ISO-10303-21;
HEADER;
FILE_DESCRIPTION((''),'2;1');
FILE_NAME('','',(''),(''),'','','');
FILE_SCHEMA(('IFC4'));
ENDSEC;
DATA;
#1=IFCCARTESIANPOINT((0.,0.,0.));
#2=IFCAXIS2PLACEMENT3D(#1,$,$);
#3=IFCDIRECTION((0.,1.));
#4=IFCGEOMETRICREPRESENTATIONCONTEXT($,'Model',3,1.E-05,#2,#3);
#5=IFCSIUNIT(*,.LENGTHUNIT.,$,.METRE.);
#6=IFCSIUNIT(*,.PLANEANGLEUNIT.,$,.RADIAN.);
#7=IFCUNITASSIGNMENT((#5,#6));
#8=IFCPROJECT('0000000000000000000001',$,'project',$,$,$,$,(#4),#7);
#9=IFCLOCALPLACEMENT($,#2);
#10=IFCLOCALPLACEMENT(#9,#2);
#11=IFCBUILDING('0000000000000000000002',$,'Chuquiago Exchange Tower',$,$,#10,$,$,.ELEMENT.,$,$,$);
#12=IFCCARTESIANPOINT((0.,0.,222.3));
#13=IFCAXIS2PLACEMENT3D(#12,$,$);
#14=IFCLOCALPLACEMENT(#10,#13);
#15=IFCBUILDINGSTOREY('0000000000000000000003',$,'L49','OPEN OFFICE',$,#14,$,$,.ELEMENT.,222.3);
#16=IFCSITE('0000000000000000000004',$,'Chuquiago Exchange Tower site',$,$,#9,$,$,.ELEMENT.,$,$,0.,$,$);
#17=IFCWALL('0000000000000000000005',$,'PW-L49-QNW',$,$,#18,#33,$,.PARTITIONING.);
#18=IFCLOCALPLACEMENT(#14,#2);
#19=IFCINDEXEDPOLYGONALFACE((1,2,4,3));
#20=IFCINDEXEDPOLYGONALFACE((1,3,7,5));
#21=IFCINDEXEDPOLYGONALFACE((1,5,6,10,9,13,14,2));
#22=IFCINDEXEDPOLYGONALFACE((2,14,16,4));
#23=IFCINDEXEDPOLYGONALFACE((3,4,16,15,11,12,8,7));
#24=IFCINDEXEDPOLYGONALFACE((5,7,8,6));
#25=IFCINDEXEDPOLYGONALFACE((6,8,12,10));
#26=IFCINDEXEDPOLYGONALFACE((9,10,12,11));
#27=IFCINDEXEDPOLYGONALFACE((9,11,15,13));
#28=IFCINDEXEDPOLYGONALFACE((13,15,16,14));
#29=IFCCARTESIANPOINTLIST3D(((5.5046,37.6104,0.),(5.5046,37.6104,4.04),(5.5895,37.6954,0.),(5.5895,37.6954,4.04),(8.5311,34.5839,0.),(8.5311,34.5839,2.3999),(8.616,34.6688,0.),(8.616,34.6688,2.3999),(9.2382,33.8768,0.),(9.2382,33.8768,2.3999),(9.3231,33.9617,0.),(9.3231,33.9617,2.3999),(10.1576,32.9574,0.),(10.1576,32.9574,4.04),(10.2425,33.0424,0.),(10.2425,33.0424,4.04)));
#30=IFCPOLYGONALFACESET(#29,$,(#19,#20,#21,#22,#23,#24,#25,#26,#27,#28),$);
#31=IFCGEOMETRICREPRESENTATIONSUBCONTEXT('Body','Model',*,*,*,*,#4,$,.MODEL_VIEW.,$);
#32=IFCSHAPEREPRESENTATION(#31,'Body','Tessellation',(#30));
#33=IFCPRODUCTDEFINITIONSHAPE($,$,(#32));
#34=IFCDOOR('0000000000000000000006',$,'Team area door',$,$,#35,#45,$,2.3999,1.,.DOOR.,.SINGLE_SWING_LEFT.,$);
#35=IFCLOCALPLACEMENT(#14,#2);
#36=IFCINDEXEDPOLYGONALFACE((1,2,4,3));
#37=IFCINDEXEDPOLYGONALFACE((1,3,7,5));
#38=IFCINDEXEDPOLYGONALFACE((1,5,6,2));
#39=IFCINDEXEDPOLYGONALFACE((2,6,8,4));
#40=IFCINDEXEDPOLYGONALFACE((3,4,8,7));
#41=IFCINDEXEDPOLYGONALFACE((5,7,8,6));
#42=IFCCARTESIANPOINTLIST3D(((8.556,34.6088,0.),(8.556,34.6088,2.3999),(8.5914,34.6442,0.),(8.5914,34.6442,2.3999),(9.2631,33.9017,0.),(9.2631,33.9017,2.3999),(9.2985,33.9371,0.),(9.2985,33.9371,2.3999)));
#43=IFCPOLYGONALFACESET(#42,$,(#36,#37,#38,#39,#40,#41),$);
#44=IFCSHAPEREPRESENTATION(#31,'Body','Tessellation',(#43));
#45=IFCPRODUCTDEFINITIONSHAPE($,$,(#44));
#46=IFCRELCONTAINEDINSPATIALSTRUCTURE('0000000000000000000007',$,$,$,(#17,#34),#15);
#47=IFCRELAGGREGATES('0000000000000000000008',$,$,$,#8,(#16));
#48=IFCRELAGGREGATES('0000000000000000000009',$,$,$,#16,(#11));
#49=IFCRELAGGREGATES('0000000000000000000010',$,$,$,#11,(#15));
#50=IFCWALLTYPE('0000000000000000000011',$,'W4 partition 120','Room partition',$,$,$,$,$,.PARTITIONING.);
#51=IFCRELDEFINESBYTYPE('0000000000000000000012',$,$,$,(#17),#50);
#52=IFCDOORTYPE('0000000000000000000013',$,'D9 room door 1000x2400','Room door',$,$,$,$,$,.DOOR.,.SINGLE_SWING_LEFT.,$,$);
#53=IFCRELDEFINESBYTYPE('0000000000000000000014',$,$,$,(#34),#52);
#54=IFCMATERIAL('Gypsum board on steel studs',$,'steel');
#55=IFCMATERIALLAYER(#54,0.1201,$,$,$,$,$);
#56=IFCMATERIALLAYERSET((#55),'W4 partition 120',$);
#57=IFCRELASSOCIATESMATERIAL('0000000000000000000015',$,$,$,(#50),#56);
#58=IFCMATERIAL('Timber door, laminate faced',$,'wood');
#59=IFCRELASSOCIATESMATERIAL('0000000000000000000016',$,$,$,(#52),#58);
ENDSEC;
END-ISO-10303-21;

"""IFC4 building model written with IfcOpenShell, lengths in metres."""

from ifc_helpers import new_model, si_unit, direction, frame, frame_2d, origin, place, context, subcontext, project, spatial, rectangle, extrude, material, layer, layer_set, type_object, element, fill, save


model = new_model("IFC4")

# Units and contexts
model_context = context("Model", 3, precision=1e-05, world=origin(), true_north=direction((0.0, 1.0)))
body_context = subcontext(model_context, "Body", "Model", "MODEL_VIEW")
ifc_project = project(units=[si_unit("LENGTHUNIT", "METRE"), si_unit("PLANEANGLEUNIT", "RADIAN")], contexts=[model_context])

# Site, building, storey
site_placement = place(None, origin())
site = spatial("IfcSite", under=ifc_project, at=site_placement, Name="Chuquiago Exchange Tower site", CompositionType="ELEMENT", RefElevation=0.0)
building_placement = place(site_placement, origin())
building = spatial("IfcBuilding", under=site, at=building_placement, Name="Chuquiago Exchange Tower", CompositionType="ELEMENT")
storey_placement = place(building_placement, frame((0.0, 0.0, 222.3)))
storey = spatial("IfcBuildingStorey", under=building, at=storey_placement, Name="L49", Description="OPEN OFFICE", CompositionType="ELEMENT", Elevation=222.3)

# Shared definitions
ifc_material_1 = material(Name="Gypsum board on steel studs", Category="steel")
ifc_layer_1 = layer(ifc_material_1, 0.1201)
ifc_layer_set_1 = layer_set([ifc_layer_1], Name="W4 partition 120")
wall_type_1 = type_object("IfcWallType", Name="W4 partition 120", Description="Room partition", PredefinedType="PARTITIONING", material=ifc_layer_set_1)

# Wall, opening, door
wall_1_placement = place(storey_placement, frame((10.2, 33.0, 0.0), z_axis=(0.0, 0.0, 1.0), x_axis=(-0.707107, 0.707107, 0.0)))
wall_1 = element("IfcWall", 1, at=wall_1_placement, inside=storey, type_object=wall_type_1, Name="PW-L49-QNW", PredefinedType="PARTITIONING", context=body_context, shape_type="SweptSolid", body=[
    extrude(rectangle(XDim=6.5803, YDim=0.1201, at=frame_2d((3.29, 0.0))), origin(), (0.0, 0.0, 1.0), 4.04),
])
opening_placement = place(wall_1_placement, frame((1.3, 0.0, 0.0)))
opening = element("IfcOpeningElement", 2, at=opening_placement, cuts=wall_1, PredefinedType="OPENING", context=body_context, shape_type="SweptSolid", body=[
    extrude(rectangle(XDim=1.0, YDim=2.3999, at=frame_2d((0.5, 1.2))), frame((0.0, 0.0701, 0.0), z_axis=(0.0, -1.0, 0.0), x_axis=(1.0, 0.0, 0.0)), (0.0, 0.0, 1.0), 0.1401),
])
ifc_material_2 = material(Name="Timber door, laminate faced", Category="wood")
door_type = type_object("IfcDoorType", Name="D9 room door 1000x2400", Description="Room door", OperationType="SINGLE_SWING_LEFT", PredefinedType="DOOR", material=ifc_material_2)
door_placement = place(opening_placement, origin())
door = element("IfcDoor", 3, at=door_placement, inside=storey, type_object=door_type, Name="Team area door", OperationType="SINGLE_SWING_LEFT", OverallHeight=2.3999, OverallWidth=1.0, PredefinedType="DOOR", context=body_context, shape_type="SweptSolid", body=[
    extrude(rectangle(XDim=1.0, YDim=2.3999, at=frame_2d((0.5, 1.2))), frame((0.0, 0.0249, 0.0), z_axis=(0.0, -1.0, 0.0), x_axis=(1.0, 0.0, 0.0)), (0.0, 0.0, 1.0), 0.05),
])
fill(opening, door)

save(model, "model.ifc")
